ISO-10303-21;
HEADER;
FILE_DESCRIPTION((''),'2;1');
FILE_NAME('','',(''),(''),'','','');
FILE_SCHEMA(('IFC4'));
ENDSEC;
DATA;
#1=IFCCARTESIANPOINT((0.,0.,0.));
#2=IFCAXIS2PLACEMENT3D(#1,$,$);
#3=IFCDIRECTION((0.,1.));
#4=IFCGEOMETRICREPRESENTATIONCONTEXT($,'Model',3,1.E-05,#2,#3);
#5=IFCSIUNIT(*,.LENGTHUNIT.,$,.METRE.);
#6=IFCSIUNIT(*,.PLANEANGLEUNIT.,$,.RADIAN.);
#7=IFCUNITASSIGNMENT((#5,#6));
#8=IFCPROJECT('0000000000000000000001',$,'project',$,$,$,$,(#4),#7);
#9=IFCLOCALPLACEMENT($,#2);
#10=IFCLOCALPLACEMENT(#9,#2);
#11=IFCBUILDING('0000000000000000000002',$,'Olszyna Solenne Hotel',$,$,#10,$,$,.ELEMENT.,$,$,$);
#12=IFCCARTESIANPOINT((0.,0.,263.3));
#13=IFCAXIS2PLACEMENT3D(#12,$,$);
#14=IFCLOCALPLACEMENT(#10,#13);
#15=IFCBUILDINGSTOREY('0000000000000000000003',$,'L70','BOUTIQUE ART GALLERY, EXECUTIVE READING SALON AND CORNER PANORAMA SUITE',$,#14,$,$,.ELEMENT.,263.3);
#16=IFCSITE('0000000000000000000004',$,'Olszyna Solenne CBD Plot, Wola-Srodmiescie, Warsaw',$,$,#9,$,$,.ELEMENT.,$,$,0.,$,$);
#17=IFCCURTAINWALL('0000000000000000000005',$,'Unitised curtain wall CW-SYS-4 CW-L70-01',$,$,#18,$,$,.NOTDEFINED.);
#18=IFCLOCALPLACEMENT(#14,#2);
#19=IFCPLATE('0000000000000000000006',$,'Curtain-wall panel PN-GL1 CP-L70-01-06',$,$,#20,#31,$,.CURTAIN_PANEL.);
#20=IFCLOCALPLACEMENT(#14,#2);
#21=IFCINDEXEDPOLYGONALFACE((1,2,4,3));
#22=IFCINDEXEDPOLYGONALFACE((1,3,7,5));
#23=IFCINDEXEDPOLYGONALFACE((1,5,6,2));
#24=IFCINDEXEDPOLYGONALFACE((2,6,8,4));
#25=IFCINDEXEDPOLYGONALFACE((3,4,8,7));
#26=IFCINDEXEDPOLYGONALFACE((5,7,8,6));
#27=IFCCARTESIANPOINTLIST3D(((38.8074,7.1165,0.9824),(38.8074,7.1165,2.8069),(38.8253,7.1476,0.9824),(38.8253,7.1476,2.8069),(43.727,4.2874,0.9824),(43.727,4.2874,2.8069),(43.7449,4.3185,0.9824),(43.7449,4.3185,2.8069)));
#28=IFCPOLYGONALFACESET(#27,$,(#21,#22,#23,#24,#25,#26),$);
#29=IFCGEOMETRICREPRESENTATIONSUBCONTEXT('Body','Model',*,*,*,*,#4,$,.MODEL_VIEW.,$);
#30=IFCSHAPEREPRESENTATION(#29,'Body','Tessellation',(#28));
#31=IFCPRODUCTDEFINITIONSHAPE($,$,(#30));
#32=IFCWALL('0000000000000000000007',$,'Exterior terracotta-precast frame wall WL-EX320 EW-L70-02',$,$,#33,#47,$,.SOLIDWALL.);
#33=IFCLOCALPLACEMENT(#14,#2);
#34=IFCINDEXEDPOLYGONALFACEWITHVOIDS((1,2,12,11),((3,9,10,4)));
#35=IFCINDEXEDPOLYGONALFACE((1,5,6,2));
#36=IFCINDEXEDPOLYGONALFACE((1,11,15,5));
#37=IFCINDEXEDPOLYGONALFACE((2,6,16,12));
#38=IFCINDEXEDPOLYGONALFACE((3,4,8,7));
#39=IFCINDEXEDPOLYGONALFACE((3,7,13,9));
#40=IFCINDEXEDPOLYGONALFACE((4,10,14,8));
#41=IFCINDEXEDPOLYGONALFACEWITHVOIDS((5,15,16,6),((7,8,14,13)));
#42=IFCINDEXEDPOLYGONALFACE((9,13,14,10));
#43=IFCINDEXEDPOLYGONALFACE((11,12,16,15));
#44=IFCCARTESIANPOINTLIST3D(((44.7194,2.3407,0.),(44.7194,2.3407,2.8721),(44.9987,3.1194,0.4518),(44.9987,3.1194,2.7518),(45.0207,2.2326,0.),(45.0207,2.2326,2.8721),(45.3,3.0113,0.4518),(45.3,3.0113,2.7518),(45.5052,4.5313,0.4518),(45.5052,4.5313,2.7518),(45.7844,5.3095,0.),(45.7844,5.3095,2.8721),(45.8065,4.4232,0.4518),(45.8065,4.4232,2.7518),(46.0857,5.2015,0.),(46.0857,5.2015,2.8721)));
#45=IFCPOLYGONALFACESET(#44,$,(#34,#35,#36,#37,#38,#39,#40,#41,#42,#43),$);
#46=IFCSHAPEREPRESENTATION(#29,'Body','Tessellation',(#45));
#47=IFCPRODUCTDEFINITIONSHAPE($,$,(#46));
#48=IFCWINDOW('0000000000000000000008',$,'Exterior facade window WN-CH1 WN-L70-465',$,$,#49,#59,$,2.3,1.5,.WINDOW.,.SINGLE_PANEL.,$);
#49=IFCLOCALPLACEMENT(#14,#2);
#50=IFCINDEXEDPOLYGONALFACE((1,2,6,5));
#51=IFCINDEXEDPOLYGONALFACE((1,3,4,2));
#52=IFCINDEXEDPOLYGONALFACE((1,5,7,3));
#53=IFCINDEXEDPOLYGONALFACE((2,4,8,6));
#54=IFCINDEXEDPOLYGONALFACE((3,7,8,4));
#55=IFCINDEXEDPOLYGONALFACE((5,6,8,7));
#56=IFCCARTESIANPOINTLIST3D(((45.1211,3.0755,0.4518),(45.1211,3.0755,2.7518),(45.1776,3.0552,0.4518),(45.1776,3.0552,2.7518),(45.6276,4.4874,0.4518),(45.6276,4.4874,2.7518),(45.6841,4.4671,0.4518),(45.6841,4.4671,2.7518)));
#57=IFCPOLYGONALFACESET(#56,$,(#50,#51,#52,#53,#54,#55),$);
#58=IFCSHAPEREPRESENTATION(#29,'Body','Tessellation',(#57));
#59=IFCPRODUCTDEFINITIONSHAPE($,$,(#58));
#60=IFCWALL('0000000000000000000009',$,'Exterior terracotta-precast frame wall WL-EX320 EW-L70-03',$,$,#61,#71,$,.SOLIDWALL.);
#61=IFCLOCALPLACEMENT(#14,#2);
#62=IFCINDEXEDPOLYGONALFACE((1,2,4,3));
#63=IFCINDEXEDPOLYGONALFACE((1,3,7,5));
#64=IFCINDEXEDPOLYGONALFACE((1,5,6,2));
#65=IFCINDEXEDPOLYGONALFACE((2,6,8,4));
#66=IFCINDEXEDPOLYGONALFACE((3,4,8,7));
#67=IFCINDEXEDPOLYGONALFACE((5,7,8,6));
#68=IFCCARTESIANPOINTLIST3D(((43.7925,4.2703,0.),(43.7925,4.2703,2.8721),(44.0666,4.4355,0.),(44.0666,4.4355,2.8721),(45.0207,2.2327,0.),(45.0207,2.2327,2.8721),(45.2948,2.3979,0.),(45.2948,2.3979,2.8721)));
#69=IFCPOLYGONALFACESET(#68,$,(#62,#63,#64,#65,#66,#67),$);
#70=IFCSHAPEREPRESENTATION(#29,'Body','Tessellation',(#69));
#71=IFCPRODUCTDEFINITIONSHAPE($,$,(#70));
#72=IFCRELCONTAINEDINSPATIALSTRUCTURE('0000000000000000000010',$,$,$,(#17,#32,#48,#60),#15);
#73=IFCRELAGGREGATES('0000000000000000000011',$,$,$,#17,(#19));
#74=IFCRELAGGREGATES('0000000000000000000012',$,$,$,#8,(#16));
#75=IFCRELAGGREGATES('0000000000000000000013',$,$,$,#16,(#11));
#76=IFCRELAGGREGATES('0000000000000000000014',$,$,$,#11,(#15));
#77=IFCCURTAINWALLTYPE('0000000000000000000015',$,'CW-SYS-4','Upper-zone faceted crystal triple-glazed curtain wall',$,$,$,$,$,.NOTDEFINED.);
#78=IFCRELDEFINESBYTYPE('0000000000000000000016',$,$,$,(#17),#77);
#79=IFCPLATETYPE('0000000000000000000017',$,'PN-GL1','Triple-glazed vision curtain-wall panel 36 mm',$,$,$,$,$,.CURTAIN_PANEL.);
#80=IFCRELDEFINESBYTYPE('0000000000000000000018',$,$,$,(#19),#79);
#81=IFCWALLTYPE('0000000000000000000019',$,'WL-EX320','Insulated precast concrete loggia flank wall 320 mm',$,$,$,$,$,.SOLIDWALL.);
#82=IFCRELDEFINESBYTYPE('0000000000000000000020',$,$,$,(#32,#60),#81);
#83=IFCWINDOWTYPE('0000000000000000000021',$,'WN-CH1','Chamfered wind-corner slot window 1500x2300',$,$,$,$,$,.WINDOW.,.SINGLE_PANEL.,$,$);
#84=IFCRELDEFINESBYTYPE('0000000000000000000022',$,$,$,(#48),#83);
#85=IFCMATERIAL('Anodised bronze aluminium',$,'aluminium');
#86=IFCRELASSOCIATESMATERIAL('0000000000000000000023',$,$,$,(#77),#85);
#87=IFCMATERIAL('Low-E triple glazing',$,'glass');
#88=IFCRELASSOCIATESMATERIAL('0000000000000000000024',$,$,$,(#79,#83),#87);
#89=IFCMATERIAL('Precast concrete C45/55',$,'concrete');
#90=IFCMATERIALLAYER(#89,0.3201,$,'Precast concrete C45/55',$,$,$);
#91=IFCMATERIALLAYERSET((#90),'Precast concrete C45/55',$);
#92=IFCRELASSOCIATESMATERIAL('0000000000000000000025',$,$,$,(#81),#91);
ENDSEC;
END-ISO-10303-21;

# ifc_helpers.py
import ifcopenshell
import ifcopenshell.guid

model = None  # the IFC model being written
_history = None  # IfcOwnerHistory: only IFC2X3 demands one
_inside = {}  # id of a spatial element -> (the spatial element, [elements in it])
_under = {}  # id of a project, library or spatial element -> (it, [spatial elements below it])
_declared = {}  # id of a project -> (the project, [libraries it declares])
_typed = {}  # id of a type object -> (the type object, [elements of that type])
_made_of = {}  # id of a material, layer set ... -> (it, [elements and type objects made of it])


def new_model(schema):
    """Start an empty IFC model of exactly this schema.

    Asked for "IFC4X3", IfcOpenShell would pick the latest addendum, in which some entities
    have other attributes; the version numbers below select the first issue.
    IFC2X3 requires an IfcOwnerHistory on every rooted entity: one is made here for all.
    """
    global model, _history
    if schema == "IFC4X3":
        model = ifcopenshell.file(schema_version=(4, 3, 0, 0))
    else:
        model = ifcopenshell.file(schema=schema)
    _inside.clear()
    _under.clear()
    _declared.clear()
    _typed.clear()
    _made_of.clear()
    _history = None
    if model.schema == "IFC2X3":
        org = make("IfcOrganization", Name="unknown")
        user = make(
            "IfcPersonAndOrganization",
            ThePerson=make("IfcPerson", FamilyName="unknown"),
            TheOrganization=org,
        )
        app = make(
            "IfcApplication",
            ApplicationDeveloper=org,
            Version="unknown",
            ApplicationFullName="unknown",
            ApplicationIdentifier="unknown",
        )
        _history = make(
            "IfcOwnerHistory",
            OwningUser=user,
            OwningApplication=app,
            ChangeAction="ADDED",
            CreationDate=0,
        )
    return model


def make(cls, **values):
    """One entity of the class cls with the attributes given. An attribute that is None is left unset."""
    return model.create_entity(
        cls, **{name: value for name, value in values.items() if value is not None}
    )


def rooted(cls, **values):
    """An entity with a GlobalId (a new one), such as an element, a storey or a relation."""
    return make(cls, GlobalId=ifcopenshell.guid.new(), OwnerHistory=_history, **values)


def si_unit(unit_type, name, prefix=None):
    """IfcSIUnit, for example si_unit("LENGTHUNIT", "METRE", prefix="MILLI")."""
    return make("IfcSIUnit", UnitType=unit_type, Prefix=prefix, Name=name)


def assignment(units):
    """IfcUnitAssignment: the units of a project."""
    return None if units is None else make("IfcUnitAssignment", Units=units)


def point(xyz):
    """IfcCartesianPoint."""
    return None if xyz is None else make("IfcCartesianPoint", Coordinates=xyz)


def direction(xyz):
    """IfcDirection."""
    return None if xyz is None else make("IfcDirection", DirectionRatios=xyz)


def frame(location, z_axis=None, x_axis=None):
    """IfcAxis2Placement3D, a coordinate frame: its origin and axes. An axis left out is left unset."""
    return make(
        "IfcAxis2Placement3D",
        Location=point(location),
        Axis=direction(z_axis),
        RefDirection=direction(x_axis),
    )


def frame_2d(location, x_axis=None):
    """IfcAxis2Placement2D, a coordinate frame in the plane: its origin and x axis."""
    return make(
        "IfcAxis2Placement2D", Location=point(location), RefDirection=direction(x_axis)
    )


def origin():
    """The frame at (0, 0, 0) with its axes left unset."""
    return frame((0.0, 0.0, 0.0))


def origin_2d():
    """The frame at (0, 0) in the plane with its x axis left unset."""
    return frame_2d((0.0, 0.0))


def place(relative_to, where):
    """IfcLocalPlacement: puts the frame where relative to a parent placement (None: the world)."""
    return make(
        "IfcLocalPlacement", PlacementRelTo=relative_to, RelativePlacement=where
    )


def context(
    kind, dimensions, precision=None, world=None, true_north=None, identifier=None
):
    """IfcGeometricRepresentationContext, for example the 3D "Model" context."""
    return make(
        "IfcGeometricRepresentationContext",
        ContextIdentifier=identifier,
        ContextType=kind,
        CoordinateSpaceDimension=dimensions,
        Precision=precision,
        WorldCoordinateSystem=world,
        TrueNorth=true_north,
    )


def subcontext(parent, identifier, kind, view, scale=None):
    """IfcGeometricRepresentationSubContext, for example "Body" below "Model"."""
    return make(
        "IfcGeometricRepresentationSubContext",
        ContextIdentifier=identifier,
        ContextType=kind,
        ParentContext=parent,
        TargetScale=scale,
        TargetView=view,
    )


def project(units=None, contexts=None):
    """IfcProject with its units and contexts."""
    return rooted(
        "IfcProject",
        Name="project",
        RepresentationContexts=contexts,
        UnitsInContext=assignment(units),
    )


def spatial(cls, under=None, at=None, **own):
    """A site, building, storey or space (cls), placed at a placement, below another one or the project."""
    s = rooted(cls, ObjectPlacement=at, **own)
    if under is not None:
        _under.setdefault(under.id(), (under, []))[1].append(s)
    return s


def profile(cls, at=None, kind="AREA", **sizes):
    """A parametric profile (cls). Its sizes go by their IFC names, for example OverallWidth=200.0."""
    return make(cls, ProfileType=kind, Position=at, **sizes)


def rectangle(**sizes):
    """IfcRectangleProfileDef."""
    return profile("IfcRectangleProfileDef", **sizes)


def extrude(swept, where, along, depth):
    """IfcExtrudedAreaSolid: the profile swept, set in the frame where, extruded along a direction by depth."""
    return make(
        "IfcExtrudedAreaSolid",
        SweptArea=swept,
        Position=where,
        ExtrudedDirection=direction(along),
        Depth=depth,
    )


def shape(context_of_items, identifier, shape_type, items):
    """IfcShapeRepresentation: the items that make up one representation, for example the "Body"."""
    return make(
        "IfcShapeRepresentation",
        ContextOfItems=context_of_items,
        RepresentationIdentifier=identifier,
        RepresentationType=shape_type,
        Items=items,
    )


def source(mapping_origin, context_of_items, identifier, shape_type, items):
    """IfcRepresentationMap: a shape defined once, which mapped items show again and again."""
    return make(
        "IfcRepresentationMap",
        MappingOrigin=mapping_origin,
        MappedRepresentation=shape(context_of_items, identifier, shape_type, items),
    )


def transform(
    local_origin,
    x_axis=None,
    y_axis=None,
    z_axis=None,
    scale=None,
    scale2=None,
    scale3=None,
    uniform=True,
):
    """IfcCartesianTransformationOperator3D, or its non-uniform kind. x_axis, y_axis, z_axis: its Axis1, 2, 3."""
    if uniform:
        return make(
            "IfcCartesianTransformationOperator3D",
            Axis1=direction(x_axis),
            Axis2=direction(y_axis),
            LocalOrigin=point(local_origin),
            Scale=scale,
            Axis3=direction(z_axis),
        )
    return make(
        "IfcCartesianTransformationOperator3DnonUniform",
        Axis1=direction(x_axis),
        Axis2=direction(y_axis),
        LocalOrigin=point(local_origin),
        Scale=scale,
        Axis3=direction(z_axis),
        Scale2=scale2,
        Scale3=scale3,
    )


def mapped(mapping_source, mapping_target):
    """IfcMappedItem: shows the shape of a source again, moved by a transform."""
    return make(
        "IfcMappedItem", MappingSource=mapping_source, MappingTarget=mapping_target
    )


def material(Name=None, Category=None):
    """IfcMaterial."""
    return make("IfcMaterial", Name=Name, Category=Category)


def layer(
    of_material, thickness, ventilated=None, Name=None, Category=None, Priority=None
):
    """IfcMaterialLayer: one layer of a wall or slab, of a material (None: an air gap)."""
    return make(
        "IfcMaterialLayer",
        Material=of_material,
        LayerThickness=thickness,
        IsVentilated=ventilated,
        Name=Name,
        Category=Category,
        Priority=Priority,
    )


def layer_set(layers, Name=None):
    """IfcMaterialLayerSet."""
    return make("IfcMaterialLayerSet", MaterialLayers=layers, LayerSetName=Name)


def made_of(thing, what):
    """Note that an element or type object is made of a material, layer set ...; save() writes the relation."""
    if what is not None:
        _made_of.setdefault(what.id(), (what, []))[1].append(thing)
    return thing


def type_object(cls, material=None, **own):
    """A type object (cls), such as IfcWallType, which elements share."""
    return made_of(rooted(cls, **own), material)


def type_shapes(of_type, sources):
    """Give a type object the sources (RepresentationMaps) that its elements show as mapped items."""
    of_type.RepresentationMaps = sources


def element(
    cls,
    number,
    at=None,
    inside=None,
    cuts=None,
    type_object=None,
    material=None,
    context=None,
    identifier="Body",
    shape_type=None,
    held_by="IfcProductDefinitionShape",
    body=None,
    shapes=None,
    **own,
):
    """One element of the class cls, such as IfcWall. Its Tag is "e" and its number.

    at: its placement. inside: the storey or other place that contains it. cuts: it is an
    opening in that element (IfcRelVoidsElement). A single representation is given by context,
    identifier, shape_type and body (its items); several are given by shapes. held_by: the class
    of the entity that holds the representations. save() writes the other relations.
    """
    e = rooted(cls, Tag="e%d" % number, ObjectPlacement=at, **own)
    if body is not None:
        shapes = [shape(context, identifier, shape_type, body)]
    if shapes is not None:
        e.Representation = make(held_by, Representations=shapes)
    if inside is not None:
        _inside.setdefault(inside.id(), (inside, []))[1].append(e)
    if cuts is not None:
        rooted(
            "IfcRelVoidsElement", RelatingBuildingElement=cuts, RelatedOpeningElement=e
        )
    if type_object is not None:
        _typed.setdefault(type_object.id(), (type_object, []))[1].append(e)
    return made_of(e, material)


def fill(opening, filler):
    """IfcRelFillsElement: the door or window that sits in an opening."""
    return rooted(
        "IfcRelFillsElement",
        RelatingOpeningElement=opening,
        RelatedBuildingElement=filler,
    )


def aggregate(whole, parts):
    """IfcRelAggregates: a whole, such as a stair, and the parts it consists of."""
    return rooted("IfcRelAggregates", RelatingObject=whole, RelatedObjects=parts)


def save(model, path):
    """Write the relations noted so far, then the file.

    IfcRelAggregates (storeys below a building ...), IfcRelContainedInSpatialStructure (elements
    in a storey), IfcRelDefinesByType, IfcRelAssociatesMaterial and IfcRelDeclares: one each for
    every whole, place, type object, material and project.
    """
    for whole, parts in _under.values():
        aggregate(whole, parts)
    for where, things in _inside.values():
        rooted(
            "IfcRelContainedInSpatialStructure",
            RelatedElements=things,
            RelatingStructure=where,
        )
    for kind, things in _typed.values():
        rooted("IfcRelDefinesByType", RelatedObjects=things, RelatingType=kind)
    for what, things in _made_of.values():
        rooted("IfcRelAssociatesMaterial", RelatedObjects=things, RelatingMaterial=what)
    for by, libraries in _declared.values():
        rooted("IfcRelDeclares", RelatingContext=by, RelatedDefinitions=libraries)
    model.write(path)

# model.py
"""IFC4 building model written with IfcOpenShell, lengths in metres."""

from ifc_helpers import new_model, si_unit, direction, frame, frame_2d, origin, origin_2d, place, context, subcontext, project, spatial, rectangle, extrude, source, transform, mapped, material, layer, layer_set, type_object, type_shapes, element, fill, aggregate, save


model = new_model("IFC4")

# Units and contexts
model_context = context("Model", 3, precision=1e-05, world=origin(), true_north=direction((0.0, 1.0)))
body_context = subcontext(model_context, "Body", "Model", "MODEL_VIEW")
ifc_project = project(units=[si_unit("LENGTHUNIT", "METRE"), si_unit("PLANEANGLEUNIT", "RADIAN")], contexts=[model_context])

# Site, building, storey
site_placement = place(None, origin())
site = spatial("IfcSite", under=ifc_project, at=site_placement, Name="Olszyna Solenne CBD Plot, Wola-Srodmiescie, Warsaw", CompositionType="ELEMENT", RefElevation=0.0)
building_placement = place(site_placement, origin())
building = spatial("IfcBuilding", under=site, at=building_placement, Name="Olszyna Solenne Hotel", CompositionType="ELEMENT")
storey_placement = place(building_placement, frame((0.0, 0.0, 263.3)))
storey = spatial("IfcBuildingStorey", under=building, at=storey_placement, Name="L70", Description="BOUTIQUE ART GALLERY, EXECUTIVE READING SALON AND CORNER PANORAMA SUITE", CompositionType="ELEMENT", Elevation=263.3)

# Curtain wall
ifc_material_1 = material(Name="Anodised bronze aluminium", Category="aluminium")
curtain_wall_type = type_object("IfcCurtainWallType", Name="CW-SYS-4", Description="Upper-zone faceted crystal triple-glazed curtain wall", PredefinedType="NOTDEFINED", material=ifc_material_1)
curtain_wall_placement = place(storey_placement, origin())
curtain_wall = element("IfcCurtainWall", 1, at=curtain_wall_placement, inside=storey, type_object=curtain_wall_type, Name="Unitised curtain wall CW-SYS-4 CW-L70-01", PredefinedType="NOTDEFINED")

# Plate
ifc_material_2 = material(Name="Low-E triple glazing", Category="glass")
plate_type_1 = type_object("IfcPlateType", Name="PN-GL1", Description="Triple-glazed vision curtain-wall panel 36 mm", PredefinedType="CURTAIN_PANEL", material=ifc_material_2)
shared_shape_1 = source(origin(), body_context, "Body", "SweptSolid", [
    extrude(rectangle(XDim=5.675, YDim=0.0359, at=origin_2d()), origin(), (0.0, 0.0, 1.0), 1.8245),
])
plate_1_placement = place(storey_placement, frame((41.2761, 5.7175, 0.9824), z_axis=(0.0, 0.0, 1.0), x_axis=(0.866882, -0.498513, 0.0)))
plate_1 = element("IfcPlate", 2, at=plate_1_placement, type_object=plate_type_1, Name="Curtain-wall panel PN-GL1 CP-L70-01-06", PredefinedType="CURTAIN_PANEL", context=body_context, shape_type="MappedRepresentation", body=[
    mapped(shared_shape_1, transform((0.0, 0.0, 0.0), x_axis=(1.0, 0.0, 0.0), y_axis=(0.0, 1.0, 0.0), z_axis=(0.0, 0.0, 1.0), scale=1.0)),
])
aggregate(curtain_wall, [plate_1])

# Wall, opening, window
ifc_material_3 = material(Name="Precast concrete C45/55", Category="concrete")
ifc_layer = layer(ifc_material_3, 0.3201, Name="Precast concrete C45/55")
ifc_layer_set = layer_set([ifc_layer], Name="Precast concrete C45/55")
wall_type = type_object("IfcWallType", Name="WL-EX320", Description="Insulated precast concrete loggia flank wall 320 mm", PredefinedType="SOLIDWALL", material=ifc_layer_set)
wall_1_placement = place(storey_placement, frame((45.9351, 5.2556, 0.0), z_axis=(0.0, 0.0, 1.0), x_axis=(-0.33765, -0.941272, 0.0)))
wall_1 = element("IfcWall", 3, at=wall_1_placement, inside=storey, type_object=wall_type, Name="Exterior terracotta-precast frame wall WL-EX320 EW-L70-02", PredefinedType="SOLIDWALL", context=body_context, shape_type="SweptSolid", body=[
    extrude(rectangle(XDim=3.1541, YDim=0.3201, at=frame_2d((1.5771, 0.0))), origin(), (0.0, 0.0, 1.0), 2.8721),
])
opening_placement = place(wall_1_placement, frame((0.8269, 0.0, 0.4519)))
opening = element("IfcOpeningElement", 4, at=opening_placement, cuts=wall_1, PredefinedType="OPENING", context=body_context, shape_type="SweptSolid", body=[
    extrude(rectangle(XDim=1.5, YDim=2.3, at=frame_2d((0.75, 1.1499))), frame((0.0, 0.1699, 0.0), z_axis=(0.0, -1.0, 0.0), x_axis=(1.0, 0.0, 0.0)), (0.0, 0.0, 1.0), 0.3401),
])
window_type = type_object("IfcWindowType", Name="WN-CH1", Description="Chamfered wind-corner slot window 1500x2300", PartitioningType="SINGLE_PANEL", PredefinedType="WINDOW", material=ifc_material_2)
shared_shape_2 = source(origin(), body_context, "Body", "SweptSolid", [
    extrude(rectangle(XDim=1.5, YDim=2.3, at=frame_2d((0.75, 1.1499))), frame((0.0, 0.03, 0.0), z_axis=(0.0, -1.0, 0.0), x_axis=(1.0, 0.0, 0.0)), (0.0, 0.0, 1.0), 0.0601),
])
type_shapes(window_type, [shared_shape_2])
window_placement = place(opening_placement, origin())
window = element("IfcWindow", 5, at=window_placement, inside=storey, type_object=window_type, Name="Exterior facade window WN-CH1 WN-L70-465", OverallHeight=2.3, OverallWidth=1.5, PartitioningType="SINGLE_PANEL", PredefinedType="WINDOW", context=body_context, shape_type="MappedRepresentation", body=[
    mapped(shared_shape_2, transform((0.0, 0.0, 0.0), x_axis=(1.0, 0.0, 0.0), y_axis=(0.0, 1.0, 0.0), z_axis=(0.0, 0.0, 1.0), scale=1.0)),
])
fill(opening, window)

# Wall
wall_2_placement = place(storey_placement, frame((45.1577, 2.3154, 0.0), z_axis=(0.0, 0.0, 1.0), x_axis=(-0.51626, 0.856432, 0.0)))
element("IfcWall", 6, at=wall_2_placement, inside=storey, type_object=wall_type, Name="Exterior terracotta-precast frame wall WL-EX320 EW-L70-03", PredefinedType="SOLIDWALL", context=body_context, shape_type="SweptSolid", body=[
    extrude(rectangle(XDim=2.3792, YDim=0.3201, at=frame_2d((1.1895, 0.0))), origin(), (0.0, 0.0, 1.0), 2.8721),
])

save(model, "model.ifc")
